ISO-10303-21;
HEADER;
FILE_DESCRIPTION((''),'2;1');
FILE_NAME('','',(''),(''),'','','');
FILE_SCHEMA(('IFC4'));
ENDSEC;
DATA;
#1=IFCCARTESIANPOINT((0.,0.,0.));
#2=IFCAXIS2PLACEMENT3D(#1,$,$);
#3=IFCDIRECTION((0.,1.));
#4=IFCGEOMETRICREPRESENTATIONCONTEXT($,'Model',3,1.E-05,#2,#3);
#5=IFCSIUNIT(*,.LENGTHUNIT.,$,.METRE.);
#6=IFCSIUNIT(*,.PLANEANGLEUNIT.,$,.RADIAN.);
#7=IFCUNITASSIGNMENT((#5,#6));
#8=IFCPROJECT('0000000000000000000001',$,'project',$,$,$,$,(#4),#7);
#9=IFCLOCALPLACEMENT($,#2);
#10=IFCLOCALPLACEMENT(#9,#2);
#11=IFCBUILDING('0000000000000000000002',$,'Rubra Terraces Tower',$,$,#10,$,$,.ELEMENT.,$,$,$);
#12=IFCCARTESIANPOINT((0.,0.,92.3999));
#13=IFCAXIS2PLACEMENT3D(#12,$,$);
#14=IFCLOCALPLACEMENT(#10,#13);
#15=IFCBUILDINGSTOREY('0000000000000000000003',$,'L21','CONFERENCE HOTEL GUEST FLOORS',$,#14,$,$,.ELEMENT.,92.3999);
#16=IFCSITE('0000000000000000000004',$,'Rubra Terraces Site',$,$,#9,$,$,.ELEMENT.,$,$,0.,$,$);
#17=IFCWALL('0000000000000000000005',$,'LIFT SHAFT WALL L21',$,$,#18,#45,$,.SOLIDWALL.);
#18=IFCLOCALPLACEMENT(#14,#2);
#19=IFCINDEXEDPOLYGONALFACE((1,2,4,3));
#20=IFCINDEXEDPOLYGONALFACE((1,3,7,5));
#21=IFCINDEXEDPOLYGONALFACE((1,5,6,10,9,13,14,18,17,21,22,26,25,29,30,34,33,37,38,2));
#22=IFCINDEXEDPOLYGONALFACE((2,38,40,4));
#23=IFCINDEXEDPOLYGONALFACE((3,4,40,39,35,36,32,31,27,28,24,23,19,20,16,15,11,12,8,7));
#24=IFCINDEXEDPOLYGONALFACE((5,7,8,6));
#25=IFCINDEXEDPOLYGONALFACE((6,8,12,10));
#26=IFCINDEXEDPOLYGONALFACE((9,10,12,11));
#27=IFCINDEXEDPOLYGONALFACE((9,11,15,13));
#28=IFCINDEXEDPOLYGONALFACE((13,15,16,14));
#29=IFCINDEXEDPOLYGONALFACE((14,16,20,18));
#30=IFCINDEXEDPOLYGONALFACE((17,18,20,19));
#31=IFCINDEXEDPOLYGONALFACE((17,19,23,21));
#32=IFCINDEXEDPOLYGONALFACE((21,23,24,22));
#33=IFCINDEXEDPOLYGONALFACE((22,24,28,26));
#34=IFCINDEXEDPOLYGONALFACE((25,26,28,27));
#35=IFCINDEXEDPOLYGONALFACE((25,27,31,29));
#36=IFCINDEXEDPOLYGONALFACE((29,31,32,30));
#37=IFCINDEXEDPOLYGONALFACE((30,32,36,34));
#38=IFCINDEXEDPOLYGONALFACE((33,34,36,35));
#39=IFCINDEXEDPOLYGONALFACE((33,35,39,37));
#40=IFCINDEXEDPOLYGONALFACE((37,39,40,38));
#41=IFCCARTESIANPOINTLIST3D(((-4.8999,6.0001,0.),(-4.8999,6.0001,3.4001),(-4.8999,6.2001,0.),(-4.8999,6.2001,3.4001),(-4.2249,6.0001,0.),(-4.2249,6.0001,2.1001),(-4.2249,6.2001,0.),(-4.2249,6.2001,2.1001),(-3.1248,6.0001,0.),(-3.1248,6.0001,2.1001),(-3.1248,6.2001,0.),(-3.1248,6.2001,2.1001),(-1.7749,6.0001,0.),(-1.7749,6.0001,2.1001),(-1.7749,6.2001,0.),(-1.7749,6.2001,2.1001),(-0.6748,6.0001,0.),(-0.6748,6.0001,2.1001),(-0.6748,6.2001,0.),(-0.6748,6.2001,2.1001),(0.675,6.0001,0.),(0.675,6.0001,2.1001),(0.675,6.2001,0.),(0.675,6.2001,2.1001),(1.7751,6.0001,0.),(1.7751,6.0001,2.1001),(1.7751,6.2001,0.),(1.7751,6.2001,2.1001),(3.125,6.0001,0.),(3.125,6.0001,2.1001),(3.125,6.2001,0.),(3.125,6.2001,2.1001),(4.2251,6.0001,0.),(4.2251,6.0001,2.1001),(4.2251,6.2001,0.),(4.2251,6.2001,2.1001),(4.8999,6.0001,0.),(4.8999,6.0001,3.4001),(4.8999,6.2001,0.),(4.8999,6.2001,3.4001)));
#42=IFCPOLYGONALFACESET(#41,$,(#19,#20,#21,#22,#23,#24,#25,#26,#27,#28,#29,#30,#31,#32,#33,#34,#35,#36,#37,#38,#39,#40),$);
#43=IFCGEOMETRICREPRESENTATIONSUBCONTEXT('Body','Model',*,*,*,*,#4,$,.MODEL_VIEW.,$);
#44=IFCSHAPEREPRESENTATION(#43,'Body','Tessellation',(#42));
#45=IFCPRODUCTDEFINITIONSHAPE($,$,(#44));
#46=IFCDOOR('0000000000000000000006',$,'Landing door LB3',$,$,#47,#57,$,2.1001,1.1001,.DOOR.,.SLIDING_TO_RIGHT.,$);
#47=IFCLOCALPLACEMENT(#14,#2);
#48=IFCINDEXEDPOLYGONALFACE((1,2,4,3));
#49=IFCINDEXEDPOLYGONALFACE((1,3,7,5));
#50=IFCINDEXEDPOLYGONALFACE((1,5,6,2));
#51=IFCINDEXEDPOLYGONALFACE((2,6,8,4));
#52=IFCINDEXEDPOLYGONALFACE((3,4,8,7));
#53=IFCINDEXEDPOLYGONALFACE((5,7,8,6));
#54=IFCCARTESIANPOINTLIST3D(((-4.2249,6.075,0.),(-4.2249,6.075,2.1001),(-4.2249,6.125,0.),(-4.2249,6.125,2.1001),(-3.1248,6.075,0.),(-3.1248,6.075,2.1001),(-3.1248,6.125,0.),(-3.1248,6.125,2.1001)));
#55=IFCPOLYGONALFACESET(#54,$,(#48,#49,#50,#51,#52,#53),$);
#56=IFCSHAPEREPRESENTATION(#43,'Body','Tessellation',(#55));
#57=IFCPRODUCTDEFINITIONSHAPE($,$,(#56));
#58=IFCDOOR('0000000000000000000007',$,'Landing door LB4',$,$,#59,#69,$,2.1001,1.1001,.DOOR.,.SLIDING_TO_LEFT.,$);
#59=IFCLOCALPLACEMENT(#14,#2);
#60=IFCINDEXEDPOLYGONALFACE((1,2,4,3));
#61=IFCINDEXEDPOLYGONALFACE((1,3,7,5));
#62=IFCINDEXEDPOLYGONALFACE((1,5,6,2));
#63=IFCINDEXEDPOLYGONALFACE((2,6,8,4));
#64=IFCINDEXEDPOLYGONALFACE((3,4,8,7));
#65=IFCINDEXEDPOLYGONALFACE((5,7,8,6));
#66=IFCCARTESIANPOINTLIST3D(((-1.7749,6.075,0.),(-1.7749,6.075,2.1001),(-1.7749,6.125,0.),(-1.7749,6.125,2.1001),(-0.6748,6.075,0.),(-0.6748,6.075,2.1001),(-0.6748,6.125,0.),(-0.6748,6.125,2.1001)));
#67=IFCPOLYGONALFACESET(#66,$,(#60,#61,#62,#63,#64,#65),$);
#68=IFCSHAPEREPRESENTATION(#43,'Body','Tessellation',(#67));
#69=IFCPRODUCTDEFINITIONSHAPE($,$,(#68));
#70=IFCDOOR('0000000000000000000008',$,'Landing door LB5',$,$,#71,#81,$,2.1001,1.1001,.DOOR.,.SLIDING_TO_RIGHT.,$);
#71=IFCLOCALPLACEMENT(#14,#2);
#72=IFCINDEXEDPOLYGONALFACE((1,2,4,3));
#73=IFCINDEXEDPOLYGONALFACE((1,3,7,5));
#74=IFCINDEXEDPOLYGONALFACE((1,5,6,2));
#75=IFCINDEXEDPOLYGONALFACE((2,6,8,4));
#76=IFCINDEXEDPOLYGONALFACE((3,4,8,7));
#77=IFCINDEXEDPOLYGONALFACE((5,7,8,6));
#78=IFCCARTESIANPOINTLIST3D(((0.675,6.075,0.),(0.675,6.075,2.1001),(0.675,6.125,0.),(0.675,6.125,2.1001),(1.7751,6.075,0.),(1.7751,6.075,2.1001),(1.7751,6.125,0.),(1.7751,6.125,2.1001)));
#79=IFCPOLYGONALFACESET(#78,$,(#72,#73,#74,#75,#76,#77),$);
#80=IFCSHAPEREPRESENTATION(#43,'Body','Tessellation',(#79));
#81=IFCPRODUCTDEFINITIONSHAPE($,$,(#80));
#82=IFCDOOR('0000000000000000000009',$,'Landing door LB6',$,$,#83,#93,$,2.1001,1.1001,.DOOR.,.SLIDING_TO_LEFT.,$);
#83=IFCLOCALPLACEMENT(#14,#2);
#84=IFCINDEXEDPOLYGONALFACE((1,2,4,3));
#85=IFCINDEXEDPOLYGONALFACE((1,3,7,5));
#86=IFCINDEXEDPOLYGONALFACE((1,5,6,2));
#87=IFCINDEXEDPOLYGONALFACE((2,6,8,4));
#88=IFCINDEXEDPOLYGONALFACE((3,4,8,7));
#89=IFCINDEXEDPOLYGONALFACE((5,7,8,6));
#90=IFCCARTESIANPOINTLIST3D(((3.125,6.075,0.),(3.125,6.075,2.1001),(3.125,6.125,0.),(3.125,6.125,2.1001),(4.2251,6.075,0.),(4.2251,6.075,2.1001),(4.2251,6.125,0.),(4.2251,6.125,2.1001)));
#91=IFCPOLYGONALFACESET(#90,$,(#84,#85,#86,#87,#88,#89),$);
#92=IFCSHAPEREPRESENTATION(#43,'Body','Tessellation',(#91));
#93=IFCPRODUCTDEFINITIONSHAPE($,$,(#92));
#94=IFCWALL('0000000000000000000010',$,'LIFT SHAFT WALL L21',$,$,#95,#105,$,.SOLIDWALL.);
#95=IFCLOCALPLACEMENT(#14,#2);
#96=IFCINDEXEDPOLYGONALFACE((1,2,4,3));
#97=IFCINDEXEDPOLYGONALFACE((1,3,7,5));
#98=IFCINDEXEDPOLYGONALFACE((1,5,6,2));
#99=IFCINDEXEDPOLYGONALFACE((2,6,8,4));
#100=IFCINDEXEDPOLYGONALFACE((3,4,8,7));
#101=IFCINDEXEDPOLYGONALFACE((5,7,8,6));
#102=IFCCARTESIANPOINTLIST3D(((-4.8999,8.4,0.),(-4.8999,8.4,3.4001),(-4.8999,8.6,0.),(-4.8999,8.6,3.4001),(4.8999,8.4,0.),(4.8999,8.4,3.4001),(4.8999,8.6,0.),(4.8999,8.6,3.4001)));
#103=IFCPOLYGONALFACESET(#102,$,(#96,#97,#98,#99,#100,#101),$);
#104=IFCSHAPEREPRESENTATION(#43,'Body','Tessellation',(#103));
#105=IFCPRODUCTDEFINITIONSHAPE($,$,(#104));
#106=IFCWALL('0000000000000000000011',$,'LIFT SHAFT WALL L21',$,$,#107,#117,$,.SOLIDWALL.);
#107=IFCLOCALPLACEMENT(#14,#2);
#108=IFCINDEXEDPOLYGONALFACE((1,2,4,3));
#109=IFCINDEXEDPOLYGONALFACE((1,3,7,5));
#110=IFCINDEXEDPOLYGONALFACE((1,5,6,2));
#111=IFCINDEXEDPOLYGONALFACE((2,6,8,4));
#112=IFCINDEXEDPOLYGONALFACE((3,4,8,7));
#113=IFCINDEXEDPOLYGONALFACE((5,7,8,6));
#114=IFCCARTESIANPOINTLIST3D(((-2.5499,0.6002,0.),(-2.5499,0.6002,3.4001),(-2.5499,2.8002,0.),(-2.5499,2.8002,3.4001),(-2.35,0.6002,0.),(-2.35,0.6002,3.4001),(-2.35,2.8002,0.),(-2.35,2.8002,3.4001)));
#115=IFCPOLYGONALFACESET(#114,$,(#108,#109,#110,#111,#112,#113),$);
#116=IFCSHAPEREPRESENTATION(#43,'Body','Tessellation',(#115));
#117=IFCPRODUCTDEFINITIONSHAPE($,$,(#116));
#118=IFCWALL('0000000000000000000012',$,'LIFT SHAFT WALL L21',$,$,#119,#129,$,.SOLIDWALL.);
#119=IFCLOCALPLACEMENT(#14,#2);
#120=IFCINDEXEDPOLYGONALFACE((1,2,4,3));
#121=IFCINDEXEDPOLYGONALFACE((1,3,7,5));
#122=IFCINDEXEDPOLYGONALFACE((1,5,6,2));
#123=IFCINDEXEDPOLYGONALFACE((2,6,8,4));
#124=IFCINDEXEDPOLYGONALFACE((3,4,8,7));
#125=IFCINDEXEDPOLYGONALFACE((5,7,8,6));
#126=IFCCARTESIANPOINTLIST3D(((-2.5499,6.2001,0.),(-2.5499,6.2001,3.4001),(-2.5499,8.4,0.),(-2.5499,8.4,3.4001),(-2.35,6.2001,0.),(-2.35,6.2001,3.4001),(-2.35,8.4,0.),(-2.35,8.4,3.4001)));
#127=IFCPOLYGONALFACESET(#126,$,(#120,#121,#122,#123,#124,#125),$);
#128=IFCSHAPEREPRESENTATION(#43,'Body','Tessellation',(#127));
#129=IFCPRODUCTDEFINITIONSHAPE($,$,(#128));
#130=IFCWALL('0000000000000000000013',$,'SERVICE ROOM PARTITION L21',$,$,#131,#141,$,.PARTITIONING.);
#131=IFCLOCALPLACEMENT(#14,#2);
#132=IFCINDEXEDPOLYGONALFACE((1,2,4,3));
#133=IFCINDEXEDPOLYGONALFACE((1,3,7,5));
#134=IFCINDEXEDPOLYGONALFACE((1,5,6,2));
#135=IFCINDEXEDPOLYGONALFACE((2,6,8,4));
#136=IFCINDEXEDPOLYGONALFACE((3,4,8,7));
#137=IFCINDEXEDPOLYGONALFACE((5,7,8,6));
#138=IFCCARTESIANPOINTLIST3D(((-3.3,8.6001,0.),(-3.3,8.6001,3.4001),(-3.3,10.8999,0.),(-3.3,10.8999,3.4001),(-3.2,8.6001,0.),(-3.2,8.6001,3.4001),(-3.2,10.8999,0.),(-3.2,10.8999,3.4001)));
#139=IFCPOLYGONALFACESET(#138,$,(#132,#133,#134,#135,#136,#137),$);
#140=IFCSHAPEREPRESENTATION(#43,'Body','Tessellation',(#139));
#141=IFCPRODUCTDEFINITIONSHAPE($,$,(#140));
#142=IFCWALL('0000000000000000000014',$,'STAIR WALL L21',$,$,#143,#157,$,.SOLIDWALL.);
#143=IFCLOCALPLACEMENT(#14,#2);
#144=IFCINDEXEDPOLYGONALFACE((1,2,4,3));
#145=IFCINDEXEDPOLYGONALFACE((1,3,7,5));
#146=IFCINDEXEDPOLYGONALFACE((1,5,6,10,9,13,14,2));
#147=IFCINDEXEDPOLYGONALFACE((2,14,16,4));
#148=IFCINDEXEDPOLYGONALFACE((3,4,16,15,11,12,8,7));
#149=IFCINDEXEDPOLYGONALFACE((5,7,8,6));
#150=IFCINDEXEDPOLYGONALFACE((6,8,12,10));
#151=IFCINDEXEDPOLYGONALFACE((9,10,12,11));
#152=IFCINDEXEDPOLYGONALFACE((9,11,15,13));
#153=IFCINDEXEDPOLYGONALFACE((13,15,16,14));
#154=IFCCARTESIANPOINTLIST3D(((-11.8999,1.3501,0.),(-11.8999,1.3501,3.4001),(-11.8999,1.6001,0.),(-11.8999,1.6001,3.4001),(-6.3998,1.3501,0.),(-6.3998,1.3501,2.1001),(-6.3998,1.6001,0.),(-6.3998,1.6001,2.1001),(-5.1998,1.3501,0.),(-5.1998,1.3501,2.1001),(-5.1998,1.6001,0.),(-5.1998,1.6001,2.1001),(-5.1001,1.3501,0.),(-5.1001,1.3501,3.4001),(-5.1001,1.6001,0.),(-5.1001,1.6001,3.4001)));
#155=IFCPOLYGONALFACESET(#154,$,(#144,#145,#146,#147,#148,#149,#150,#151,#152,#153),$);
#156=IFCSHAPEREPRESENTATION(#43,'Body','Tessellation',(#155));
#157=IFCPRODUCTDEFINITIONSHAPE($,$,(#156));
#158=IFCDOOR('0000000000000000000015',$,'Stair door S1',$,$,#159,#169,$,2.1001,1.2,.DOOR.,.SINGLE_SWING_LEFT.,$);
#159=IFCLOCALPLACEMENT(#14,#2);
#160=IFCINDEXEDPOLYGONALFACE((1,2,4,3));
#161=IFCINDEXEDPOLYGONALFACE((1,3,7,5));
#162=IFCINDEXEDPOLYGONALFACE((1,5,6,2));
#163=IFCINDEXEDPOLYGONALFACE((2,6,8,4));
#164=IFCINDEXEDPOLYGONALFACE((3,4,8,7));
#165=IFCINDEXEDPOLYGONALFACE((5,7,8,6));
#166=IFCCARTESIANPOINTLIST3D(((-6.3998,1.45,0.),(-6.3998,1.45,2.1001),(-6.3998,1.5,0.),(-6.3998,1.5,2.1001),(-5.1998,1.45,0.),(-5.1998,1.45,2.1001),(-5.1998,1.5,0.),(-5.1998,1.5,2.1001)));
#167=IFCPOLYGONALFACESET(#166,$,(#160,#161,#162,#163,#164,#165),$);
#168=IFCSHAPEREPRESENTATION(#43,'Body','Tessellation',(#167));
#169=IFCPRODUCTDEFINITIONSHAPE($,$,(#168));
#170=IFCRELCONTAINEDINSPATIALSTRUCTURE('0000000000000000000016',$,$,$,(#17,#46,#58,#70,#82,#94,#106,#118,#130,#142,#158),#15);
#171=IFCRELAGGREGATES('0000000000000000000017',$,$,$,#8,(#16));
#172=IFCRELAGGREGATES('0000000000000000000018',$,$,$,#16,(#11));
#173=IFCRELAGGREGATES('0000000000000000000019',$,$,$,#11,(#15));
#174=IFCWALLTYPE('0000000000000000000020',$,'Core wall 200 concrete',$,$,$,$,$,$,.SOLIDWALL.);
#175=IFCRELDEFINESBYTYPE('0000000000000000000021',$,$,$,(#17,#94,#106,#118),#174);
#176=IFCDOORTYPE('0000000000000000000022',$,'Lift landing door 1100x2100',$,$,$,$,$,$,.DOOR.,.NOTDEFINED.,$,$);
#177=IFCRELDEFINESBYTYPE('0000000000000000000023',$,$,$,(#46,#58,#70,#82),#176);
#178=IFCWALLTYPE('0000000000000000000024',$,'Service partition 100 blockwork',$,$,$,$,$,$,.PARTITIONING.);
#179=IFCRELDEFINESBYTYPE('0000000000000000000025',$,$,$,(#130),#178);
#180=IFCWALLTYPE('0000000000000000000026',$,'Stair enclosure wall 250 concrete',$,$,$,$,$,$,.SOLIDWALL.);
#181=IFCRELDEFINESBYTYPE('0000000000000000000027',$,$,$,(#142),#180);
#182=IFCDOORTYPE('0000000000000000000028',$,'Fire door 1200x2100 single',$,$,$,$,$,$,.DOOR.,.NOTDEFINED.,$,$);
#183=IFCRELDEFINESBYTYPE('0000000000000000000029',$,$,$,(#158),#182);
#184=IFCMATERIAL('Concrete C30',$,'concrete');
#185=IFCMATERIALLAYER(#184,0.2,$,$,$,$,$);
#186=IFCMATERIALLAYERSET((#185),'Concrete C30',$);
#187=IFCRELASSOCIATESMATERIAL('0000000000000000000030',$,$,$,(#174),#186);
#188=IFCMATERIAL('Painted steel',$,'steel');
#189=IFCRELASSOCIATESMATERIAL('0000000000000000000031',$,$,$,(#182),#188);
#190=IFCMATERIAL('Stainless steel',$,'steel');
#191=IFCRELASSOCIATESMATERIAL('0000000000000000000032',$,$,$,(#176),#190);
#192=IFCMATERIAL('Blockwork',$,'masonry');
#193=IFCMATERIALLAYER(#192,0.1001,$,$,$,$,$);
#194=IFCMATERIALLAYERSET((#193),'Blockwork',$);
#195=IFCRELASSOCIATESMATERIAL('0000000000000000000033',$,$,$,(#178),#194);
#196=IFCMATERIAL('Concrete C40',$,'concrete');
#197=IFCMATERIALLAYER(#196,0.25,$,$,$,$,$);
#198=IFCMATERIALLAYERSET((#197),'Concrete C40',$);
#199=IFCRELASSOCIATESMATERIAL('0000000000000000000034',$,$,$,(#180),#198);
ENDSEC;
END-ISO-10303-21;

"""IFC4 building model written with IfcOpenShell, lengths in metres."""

from ifc_helpers import new_model, si_unit, direction, frame, frame_2d, origin, place, context, subcontext, project, spatial, rectangle, extrude, material, layer, layer_set, type_object, element, fill, save


model = new_model("IFC4")

# Units and contexts
model_context = context("Model", 3, precision=1e-05, world=origin(), true_north=direction((0.0, 1.0)))
body_context = subcontext(model_context, "Body", "Model", "MODEL_VIEW")
ifc_project = project(units=[si_unit("LENGTHUNIT", "METRE"), si_unit("PLANEANGLEUNIT", "RADIAN")], contexts=[model_context])

# Site, building, storey
site_placement = place(None, origin())
site = spatial("IfcSite", under=ifc_project, at=site_placement, Name="Rubra Terraces Site", CompositionType="ELEMENT", RefElevation=0.0)
building_placement = place(site_placement, origin())
building = spatial("IfcBuilding", under=site, at=building_placement, Name="Rubra Terraces Tower", CompositionType="ELEMENT")
storey_placement = place(building_placement, frame((0.0, 0.0, 92.3999)))
storey = spatial("IfcBuildingStorey", under=building, at=storey_placement, Name="L21", Description="CONFERENCE HOTEL GUEST FLOORS", CompositionType="ELEMENT", Elevation=92.3999)

# Shared definitions
ifc_material_1 = material(Name="Concrete C40", Category="concrete")

# Shared definitions
ifc_material_2 = material(Name="Concrete C30", Category="concrete")
ifc_layer_1 = layer(ifc_material_2, 0.2)
ifc_layer_set_1 = layer_set([ifc_layer_1], Name="Concrete C30")
wall_type_1 = type_object("IfcWallType", Name="Core wall 200 concrete", PredefinedType="SOLIDWALL", material=ifc_layer_set_1)
ifc_material_3 = material(Name="Painted steel", Category="steel")
door_type_1 = type_object("IfcDoorType", Name="Fire door 1200x2100 single", OperationType="NOTDEFINED", PredefinedType="DOOR", material=ifc_material_3)
ifc_material_4 = material(Name="Stainless steel", Category="steel")

# Wall, openings, doors
door_type_2 = type_object("IfcDoorType", Name="Lift landing door 1100x2100", OperationType="NOTDEFINED", PredefinedType="DOOR", material=ifc_material_4)
wall_1_placement = place(storey_placement, frame((-4.8999, 6.1001, 0.0), z_axis=(0.0, 0.0, 1.0), x_axis=(1.0, 0.0, 0.0)))
wall_1 = element("IfcWall", 1, at=wall_1_placement, inside=storey, type_object=wall_type_1, Name="LIFT SHAFT WALL L21", PredefinedType="SOLIDWALL", context=body_context, shape_type="SweptSolid", body=[
    extrude(rectangle(XDim=9.7998, YDim=0.2, at=frame_2d((4.8999, 0.0))), origin(), (0.0, 0.0, 1.0), 3.4001),
])
opening_1_placement = place(wall_1_placement, frame((0.675, 0.0, 0.0)))
opening_1 = element("IfcOpeningElement", 2, at=opening_1_placement, cuts=wall_1, PredefinedType="OPENING", context=body_context, shape_type="SweptSolid", body=[
    extrude(rectangle(XDim=1.1001, YDim=2.1001, at=frame_2d((0.55, 1.05))), frame((0.0, 0.1099, 0.0), z_axis=(0.0, -1.0, 0.0), x_axis=(1.0, 0.0, 0.0)), (0.0, 0.0, 1.0), 0.22),
])
opening_2_placement = place(wall_1_placement, frame((3.125, 0.0, 0.0)))
opening_2 = element("IfcOpeningElement", 3, at=opening_2_placement, cuts=wall_1, PredefinedType="OPENING", context=body_context, shape_type="SweptSolid", body=[
    extrude(rectangle(XDim=1.1001, YDim=2.1001, at=frame_2d((0.55, 1.05))), frame((0.0, 0.1099, 0.0), z_axis=(0.0, -1.0, 0.0), x_axis=(1.0, 0.0, 0.0)), (0.0, 0.0, 1.0), 0.22),
])
opening_3_placement = place(wall_1_placement, frame((5.575, 0.0, 0.0)))
opening_3 = element("IfcOpeningElement", 4, at=opening_3_placement, cuts=wall_1, PredefinedType="OPENING", context=body_context, shape_type="SweptSolid", body=[
    extrude(rectangle(XDim=1.1001, YDim=2.1001, at=frame_2d((0.55, 1.05))), frame((0.0, 0.1099, 0.0), z_axis=(0.0, -1.0, 0.0), x_axis=(1.0, 0.0, 0.0)), (0.0, 0.0, 1.0), 0.22),
])
opening_4_placement = place(wall_1_placement, frame((8.0249, 0.0, 0.0)))
opening_4 = element("IfcOpeningElement", 5, at=opening_4_placement, cuts=wall_1, PredefinedType="OPENING", context=body_context, shape_type="SweptSolid", body=[
    extrude(rectangle(XDim=1.1001, YDim=2.1001, at=frame_2d((0.55, 1.05))), frame((0.0, 0.1099, 0.0), z_axis=(0.0, -1.0, 0.0), x_axis=(1.0, 0.0, 0.0)), (0.0, 0.0, 1.0), 0.22),
])
door_1_placement = place(opening_1_placement, origin())
door_1 = element("IfcDoor", 6, at=door_1_placement, inside=storey, type_object=door_type_2, Name="Landing door LB3", OperationType="SLIDING_TO_RIGHT", OverallHeight=2.1001, OverallWidth=1.1001, PredefinedType="DOOR", context=body_context, shape_type="SweptSolid", body=[
    extrude(rectangle(XDim=1.1001, YDim=2.1001, at=frame_2d((0.55, 1.05))), frame((0.0, 0.0249, 0.0), z_axis=(0.0, -1.0, 0.0), x_axis=(1.0, 0.0, 0.0)), (0.0, 0.0, 1.0), 0.05),
])
fill(opening_1, door_1)
door_2_placement = place(opening_2_placement, origin())
door_2 = element("IfcDoor", 7, at=door_2_placement, inside=storey, type_object=door_type_2, Name="Landing door LB4", OperationType="SLIDING_TO_LEFT", OverallHeight=2.1001, OverallWidth=1.1001, PredefinedType="DOOR", context=body_context, shape_type="SweptSolid", body=[
    extrude(rectangle(XDim=1.1001, YDim=2.1001, at=frame_2d((0.55, 1.05))), frame((0.0, 0.0249, 0.0), z_axis=(0.0, -1.0, 0.0), x_axis=(1.0, 0.0, 0.0)), (0.0, 0.0, 1.0), 0.05),
])
fill(opening_2, door_2)
door_3_placement = place(opening_3_placement, origin())
door_3 = element("IfcDoor", 8, at=door_3_placement, inside=storey, type_object=door_type_2, Name="Landing door LB5", OperationType="SLIDING_TO_RIGHT", OverallHeight=2.1001, OverallWidth=1.1001, PredefinedType="DOOR", context=body_context, shape_type="SweptSolid", body=[
    extrude(rectangle(XDim=1.1001, YDim=2.1001, at=frame_2d((0.55, 1.05))), frame((0.0, 0.0249, 0.0), z_axis=(0.0, -1.0, 0.0), x_axis=(1.0, 0.0, 0.0)), (0.0, 0.0, 1.0), 0.05),
])
fill(opening_3, door_3)
door_4_placement = place(opening_4_placement, origin())
door_4 = element("IfcDoor", 9, at=door_4_placement, inside=storey, type_object=door_type_2, Name="Landing door LB6", OperationType="SLIDING_TO_LEFT", OverallHeight=2.1001, OverallWidth=1.1001, PredefinedType="DOOR", context=body_context, shape_type="SweptSolid", body=[
    extrude(rectangle(XDim=1.1001, YDim=2.1001, at=frame_2d((0.55, 1.05))), frame((0.0, 0.0249, 0.0), z_axis=(0.0, -1.0, 0.0), x_axis=(1.0, 0.0, 0.0)), (0.0, 0.0, 1.0), 0.05),
])
fill(opening_4, door_4)

# Walls
wall_2_placement = place(storey_placement, frame((-4.8999, 8.5, 0.0), z_axis=(0.0, 0.0, 1.0), x_axis=(1.0, 0.0, 0.0)))
element("IfcWall", 10, at=wall_2_placement, inside=storey, type_object=wall_type_1, Name="LIFT SHAFT WALL L21", PredefinedType="SOLIDWALL", context=body_context, shape_type="SweptSolid", body=[
    extrude(rectangle(XDim=9.7998, YDim=0.2, at=frame_2d((4.8999, 0.0))), origin(), (0.0, 0.0, 1.0), 3.4001),
])
for number, where, z_axis, x_axis, name in (
    (11, (-2.45, 0.6001, 0.0), (0.0, 0.0, 1.0), (0.0, 1.0, 0.0), "LIFT SHAFT WALL L21"),
    (12, (-2.45, 6.2, 0.0), (0.0, 0.0, 1.0), (0.0, 1.0, 0.0), "LIFT SHAFT WALL L21"),
):
    element("IfcWall", number, at=place(storey_placement, frame(where, z_axis=z_axis, x_axis=x_axis)), inside=storey, type_object=wall_type_1, Name=name, PredefinedType="SOLIDWALL", context=body_context, shape_type="SweptSolid", body=[
        extrude(rectangle(XDim=2.2, YDim=0.2, at=frame_2d((1.1001, 0.0))), origin(), (0.0, 0.0, 1.0), 3.4001),
    ])
ifc_material_5 = material(Name="Blockwork", Category="masonry")
ifc_layer_2 = layer(ifc_material_5, 0.1001)
ifc_layer_set_2 = layer_set([ifc_layer_2], Name="Blockwork")
wall_type_2 = type_object("IfcWallType", Name="Service partition 100 blockwork", PredefinedType="PARTITIONING", material=ifc_layer_set_2)
wall_3_placement = place(storey_placement, frame((-3.25, 8.6001, 0.0), z_axis=(0.0, 0.0, 1.0), x_axis=(0.0, 1.0, 0.0)))
element("IfcWall", 13, at=wall_3_placement, inside=storey, type_object=wall_type_2, Name="SERVICE ROOM PARTITION L21", PredefinedType="PARTITIONING", context=body_context, shape_type="SweptSolid", body=[
    extrude(rectangle(XDim=2.2998, YDim=0.1001, at=frame_2d((1.1499, 0.0))), origin(), (0.0, 0.0, 1.0), 3.4001),
])

# Wall, opening, door
ifc_layer_3 = layer(ifc_material_1, 0.25)
ifc_layer_set_3 = layer_set([ifc_layer_3], Name="Concrete C40")
wall_type_3 = type_object("IfcWallType", Name="Stair enclosure wall 250 concrete", PredefinedType="SOLIDWALL", material=ifc_layer_set_3)
wall_4_placement = place(storey_placement, frame((-11.8999, 1.4751, 0.0), z_axis=(0.0, 0.0, 1.0), x_axis=(1.0, 0.0, 0.0)))
wall_4 = element("IfcWall", 14, at=wall_4_placement, inside=storey, type_object=wall_type_3, Name="STAIR WALL L21", PredefinedType="SOLIDWALL", context=body_context, shape_type="SweptSolid", body=[
    extrude(rectangle(XDim=6.7998, YDim=0.25, at=frame_2d((3.3999, 0.0))), origin(), (0.0, 0.0, 1.0), 3.4001),
])
opening_5_placement = place(wall_4_placement, frame((5.5, 0.0, 0.0)))
opening_5 = element("IfcOpeningElement", 15, at=opening_5_placement, cuts=wall_4, PredefinedType="OPENING", context=body_context, shape_type="SweptSolid", body=[
    extrude(rectangle(XDim=1.2, YDim=2.1001, at=frame_2d((0.6001, 1.05))), frame((0.0, 0.135, 0.0), z_axis=(0.0, -1.0, 0.0), x_axis=(1.0, 0.0, 0.0)), (0.0, 0.0, 1.0), 0.27),
])
door_5_placement = place(opening_5_placement, origin())
door_5 = element("IfcDoor", 16, at=door_5_placement, inside=storey, type_object=door_type_1, Name="Stair door S1", OperationType="SINGLE_SWING_LEFT", OverallHeight=2.1001, OverallWidth=1.2, PredefinedType="DOOR", context=body_context, shape_type="SweptSolid", body=[
    extrude(rectangle(XDim=1.2, YDim=2.1001, at=frame_2d((0.6001, 1.05))), frame((0.0, 0.0249, 0.0), z_axis=(0.0, -1.0, 0.0), x_axis=(1.0, 0.0, 0.0)), (0.0, 0.0, 1.0), 0.05),
])
fill(opening_5, door_5)

save(model, "model.ifc")
